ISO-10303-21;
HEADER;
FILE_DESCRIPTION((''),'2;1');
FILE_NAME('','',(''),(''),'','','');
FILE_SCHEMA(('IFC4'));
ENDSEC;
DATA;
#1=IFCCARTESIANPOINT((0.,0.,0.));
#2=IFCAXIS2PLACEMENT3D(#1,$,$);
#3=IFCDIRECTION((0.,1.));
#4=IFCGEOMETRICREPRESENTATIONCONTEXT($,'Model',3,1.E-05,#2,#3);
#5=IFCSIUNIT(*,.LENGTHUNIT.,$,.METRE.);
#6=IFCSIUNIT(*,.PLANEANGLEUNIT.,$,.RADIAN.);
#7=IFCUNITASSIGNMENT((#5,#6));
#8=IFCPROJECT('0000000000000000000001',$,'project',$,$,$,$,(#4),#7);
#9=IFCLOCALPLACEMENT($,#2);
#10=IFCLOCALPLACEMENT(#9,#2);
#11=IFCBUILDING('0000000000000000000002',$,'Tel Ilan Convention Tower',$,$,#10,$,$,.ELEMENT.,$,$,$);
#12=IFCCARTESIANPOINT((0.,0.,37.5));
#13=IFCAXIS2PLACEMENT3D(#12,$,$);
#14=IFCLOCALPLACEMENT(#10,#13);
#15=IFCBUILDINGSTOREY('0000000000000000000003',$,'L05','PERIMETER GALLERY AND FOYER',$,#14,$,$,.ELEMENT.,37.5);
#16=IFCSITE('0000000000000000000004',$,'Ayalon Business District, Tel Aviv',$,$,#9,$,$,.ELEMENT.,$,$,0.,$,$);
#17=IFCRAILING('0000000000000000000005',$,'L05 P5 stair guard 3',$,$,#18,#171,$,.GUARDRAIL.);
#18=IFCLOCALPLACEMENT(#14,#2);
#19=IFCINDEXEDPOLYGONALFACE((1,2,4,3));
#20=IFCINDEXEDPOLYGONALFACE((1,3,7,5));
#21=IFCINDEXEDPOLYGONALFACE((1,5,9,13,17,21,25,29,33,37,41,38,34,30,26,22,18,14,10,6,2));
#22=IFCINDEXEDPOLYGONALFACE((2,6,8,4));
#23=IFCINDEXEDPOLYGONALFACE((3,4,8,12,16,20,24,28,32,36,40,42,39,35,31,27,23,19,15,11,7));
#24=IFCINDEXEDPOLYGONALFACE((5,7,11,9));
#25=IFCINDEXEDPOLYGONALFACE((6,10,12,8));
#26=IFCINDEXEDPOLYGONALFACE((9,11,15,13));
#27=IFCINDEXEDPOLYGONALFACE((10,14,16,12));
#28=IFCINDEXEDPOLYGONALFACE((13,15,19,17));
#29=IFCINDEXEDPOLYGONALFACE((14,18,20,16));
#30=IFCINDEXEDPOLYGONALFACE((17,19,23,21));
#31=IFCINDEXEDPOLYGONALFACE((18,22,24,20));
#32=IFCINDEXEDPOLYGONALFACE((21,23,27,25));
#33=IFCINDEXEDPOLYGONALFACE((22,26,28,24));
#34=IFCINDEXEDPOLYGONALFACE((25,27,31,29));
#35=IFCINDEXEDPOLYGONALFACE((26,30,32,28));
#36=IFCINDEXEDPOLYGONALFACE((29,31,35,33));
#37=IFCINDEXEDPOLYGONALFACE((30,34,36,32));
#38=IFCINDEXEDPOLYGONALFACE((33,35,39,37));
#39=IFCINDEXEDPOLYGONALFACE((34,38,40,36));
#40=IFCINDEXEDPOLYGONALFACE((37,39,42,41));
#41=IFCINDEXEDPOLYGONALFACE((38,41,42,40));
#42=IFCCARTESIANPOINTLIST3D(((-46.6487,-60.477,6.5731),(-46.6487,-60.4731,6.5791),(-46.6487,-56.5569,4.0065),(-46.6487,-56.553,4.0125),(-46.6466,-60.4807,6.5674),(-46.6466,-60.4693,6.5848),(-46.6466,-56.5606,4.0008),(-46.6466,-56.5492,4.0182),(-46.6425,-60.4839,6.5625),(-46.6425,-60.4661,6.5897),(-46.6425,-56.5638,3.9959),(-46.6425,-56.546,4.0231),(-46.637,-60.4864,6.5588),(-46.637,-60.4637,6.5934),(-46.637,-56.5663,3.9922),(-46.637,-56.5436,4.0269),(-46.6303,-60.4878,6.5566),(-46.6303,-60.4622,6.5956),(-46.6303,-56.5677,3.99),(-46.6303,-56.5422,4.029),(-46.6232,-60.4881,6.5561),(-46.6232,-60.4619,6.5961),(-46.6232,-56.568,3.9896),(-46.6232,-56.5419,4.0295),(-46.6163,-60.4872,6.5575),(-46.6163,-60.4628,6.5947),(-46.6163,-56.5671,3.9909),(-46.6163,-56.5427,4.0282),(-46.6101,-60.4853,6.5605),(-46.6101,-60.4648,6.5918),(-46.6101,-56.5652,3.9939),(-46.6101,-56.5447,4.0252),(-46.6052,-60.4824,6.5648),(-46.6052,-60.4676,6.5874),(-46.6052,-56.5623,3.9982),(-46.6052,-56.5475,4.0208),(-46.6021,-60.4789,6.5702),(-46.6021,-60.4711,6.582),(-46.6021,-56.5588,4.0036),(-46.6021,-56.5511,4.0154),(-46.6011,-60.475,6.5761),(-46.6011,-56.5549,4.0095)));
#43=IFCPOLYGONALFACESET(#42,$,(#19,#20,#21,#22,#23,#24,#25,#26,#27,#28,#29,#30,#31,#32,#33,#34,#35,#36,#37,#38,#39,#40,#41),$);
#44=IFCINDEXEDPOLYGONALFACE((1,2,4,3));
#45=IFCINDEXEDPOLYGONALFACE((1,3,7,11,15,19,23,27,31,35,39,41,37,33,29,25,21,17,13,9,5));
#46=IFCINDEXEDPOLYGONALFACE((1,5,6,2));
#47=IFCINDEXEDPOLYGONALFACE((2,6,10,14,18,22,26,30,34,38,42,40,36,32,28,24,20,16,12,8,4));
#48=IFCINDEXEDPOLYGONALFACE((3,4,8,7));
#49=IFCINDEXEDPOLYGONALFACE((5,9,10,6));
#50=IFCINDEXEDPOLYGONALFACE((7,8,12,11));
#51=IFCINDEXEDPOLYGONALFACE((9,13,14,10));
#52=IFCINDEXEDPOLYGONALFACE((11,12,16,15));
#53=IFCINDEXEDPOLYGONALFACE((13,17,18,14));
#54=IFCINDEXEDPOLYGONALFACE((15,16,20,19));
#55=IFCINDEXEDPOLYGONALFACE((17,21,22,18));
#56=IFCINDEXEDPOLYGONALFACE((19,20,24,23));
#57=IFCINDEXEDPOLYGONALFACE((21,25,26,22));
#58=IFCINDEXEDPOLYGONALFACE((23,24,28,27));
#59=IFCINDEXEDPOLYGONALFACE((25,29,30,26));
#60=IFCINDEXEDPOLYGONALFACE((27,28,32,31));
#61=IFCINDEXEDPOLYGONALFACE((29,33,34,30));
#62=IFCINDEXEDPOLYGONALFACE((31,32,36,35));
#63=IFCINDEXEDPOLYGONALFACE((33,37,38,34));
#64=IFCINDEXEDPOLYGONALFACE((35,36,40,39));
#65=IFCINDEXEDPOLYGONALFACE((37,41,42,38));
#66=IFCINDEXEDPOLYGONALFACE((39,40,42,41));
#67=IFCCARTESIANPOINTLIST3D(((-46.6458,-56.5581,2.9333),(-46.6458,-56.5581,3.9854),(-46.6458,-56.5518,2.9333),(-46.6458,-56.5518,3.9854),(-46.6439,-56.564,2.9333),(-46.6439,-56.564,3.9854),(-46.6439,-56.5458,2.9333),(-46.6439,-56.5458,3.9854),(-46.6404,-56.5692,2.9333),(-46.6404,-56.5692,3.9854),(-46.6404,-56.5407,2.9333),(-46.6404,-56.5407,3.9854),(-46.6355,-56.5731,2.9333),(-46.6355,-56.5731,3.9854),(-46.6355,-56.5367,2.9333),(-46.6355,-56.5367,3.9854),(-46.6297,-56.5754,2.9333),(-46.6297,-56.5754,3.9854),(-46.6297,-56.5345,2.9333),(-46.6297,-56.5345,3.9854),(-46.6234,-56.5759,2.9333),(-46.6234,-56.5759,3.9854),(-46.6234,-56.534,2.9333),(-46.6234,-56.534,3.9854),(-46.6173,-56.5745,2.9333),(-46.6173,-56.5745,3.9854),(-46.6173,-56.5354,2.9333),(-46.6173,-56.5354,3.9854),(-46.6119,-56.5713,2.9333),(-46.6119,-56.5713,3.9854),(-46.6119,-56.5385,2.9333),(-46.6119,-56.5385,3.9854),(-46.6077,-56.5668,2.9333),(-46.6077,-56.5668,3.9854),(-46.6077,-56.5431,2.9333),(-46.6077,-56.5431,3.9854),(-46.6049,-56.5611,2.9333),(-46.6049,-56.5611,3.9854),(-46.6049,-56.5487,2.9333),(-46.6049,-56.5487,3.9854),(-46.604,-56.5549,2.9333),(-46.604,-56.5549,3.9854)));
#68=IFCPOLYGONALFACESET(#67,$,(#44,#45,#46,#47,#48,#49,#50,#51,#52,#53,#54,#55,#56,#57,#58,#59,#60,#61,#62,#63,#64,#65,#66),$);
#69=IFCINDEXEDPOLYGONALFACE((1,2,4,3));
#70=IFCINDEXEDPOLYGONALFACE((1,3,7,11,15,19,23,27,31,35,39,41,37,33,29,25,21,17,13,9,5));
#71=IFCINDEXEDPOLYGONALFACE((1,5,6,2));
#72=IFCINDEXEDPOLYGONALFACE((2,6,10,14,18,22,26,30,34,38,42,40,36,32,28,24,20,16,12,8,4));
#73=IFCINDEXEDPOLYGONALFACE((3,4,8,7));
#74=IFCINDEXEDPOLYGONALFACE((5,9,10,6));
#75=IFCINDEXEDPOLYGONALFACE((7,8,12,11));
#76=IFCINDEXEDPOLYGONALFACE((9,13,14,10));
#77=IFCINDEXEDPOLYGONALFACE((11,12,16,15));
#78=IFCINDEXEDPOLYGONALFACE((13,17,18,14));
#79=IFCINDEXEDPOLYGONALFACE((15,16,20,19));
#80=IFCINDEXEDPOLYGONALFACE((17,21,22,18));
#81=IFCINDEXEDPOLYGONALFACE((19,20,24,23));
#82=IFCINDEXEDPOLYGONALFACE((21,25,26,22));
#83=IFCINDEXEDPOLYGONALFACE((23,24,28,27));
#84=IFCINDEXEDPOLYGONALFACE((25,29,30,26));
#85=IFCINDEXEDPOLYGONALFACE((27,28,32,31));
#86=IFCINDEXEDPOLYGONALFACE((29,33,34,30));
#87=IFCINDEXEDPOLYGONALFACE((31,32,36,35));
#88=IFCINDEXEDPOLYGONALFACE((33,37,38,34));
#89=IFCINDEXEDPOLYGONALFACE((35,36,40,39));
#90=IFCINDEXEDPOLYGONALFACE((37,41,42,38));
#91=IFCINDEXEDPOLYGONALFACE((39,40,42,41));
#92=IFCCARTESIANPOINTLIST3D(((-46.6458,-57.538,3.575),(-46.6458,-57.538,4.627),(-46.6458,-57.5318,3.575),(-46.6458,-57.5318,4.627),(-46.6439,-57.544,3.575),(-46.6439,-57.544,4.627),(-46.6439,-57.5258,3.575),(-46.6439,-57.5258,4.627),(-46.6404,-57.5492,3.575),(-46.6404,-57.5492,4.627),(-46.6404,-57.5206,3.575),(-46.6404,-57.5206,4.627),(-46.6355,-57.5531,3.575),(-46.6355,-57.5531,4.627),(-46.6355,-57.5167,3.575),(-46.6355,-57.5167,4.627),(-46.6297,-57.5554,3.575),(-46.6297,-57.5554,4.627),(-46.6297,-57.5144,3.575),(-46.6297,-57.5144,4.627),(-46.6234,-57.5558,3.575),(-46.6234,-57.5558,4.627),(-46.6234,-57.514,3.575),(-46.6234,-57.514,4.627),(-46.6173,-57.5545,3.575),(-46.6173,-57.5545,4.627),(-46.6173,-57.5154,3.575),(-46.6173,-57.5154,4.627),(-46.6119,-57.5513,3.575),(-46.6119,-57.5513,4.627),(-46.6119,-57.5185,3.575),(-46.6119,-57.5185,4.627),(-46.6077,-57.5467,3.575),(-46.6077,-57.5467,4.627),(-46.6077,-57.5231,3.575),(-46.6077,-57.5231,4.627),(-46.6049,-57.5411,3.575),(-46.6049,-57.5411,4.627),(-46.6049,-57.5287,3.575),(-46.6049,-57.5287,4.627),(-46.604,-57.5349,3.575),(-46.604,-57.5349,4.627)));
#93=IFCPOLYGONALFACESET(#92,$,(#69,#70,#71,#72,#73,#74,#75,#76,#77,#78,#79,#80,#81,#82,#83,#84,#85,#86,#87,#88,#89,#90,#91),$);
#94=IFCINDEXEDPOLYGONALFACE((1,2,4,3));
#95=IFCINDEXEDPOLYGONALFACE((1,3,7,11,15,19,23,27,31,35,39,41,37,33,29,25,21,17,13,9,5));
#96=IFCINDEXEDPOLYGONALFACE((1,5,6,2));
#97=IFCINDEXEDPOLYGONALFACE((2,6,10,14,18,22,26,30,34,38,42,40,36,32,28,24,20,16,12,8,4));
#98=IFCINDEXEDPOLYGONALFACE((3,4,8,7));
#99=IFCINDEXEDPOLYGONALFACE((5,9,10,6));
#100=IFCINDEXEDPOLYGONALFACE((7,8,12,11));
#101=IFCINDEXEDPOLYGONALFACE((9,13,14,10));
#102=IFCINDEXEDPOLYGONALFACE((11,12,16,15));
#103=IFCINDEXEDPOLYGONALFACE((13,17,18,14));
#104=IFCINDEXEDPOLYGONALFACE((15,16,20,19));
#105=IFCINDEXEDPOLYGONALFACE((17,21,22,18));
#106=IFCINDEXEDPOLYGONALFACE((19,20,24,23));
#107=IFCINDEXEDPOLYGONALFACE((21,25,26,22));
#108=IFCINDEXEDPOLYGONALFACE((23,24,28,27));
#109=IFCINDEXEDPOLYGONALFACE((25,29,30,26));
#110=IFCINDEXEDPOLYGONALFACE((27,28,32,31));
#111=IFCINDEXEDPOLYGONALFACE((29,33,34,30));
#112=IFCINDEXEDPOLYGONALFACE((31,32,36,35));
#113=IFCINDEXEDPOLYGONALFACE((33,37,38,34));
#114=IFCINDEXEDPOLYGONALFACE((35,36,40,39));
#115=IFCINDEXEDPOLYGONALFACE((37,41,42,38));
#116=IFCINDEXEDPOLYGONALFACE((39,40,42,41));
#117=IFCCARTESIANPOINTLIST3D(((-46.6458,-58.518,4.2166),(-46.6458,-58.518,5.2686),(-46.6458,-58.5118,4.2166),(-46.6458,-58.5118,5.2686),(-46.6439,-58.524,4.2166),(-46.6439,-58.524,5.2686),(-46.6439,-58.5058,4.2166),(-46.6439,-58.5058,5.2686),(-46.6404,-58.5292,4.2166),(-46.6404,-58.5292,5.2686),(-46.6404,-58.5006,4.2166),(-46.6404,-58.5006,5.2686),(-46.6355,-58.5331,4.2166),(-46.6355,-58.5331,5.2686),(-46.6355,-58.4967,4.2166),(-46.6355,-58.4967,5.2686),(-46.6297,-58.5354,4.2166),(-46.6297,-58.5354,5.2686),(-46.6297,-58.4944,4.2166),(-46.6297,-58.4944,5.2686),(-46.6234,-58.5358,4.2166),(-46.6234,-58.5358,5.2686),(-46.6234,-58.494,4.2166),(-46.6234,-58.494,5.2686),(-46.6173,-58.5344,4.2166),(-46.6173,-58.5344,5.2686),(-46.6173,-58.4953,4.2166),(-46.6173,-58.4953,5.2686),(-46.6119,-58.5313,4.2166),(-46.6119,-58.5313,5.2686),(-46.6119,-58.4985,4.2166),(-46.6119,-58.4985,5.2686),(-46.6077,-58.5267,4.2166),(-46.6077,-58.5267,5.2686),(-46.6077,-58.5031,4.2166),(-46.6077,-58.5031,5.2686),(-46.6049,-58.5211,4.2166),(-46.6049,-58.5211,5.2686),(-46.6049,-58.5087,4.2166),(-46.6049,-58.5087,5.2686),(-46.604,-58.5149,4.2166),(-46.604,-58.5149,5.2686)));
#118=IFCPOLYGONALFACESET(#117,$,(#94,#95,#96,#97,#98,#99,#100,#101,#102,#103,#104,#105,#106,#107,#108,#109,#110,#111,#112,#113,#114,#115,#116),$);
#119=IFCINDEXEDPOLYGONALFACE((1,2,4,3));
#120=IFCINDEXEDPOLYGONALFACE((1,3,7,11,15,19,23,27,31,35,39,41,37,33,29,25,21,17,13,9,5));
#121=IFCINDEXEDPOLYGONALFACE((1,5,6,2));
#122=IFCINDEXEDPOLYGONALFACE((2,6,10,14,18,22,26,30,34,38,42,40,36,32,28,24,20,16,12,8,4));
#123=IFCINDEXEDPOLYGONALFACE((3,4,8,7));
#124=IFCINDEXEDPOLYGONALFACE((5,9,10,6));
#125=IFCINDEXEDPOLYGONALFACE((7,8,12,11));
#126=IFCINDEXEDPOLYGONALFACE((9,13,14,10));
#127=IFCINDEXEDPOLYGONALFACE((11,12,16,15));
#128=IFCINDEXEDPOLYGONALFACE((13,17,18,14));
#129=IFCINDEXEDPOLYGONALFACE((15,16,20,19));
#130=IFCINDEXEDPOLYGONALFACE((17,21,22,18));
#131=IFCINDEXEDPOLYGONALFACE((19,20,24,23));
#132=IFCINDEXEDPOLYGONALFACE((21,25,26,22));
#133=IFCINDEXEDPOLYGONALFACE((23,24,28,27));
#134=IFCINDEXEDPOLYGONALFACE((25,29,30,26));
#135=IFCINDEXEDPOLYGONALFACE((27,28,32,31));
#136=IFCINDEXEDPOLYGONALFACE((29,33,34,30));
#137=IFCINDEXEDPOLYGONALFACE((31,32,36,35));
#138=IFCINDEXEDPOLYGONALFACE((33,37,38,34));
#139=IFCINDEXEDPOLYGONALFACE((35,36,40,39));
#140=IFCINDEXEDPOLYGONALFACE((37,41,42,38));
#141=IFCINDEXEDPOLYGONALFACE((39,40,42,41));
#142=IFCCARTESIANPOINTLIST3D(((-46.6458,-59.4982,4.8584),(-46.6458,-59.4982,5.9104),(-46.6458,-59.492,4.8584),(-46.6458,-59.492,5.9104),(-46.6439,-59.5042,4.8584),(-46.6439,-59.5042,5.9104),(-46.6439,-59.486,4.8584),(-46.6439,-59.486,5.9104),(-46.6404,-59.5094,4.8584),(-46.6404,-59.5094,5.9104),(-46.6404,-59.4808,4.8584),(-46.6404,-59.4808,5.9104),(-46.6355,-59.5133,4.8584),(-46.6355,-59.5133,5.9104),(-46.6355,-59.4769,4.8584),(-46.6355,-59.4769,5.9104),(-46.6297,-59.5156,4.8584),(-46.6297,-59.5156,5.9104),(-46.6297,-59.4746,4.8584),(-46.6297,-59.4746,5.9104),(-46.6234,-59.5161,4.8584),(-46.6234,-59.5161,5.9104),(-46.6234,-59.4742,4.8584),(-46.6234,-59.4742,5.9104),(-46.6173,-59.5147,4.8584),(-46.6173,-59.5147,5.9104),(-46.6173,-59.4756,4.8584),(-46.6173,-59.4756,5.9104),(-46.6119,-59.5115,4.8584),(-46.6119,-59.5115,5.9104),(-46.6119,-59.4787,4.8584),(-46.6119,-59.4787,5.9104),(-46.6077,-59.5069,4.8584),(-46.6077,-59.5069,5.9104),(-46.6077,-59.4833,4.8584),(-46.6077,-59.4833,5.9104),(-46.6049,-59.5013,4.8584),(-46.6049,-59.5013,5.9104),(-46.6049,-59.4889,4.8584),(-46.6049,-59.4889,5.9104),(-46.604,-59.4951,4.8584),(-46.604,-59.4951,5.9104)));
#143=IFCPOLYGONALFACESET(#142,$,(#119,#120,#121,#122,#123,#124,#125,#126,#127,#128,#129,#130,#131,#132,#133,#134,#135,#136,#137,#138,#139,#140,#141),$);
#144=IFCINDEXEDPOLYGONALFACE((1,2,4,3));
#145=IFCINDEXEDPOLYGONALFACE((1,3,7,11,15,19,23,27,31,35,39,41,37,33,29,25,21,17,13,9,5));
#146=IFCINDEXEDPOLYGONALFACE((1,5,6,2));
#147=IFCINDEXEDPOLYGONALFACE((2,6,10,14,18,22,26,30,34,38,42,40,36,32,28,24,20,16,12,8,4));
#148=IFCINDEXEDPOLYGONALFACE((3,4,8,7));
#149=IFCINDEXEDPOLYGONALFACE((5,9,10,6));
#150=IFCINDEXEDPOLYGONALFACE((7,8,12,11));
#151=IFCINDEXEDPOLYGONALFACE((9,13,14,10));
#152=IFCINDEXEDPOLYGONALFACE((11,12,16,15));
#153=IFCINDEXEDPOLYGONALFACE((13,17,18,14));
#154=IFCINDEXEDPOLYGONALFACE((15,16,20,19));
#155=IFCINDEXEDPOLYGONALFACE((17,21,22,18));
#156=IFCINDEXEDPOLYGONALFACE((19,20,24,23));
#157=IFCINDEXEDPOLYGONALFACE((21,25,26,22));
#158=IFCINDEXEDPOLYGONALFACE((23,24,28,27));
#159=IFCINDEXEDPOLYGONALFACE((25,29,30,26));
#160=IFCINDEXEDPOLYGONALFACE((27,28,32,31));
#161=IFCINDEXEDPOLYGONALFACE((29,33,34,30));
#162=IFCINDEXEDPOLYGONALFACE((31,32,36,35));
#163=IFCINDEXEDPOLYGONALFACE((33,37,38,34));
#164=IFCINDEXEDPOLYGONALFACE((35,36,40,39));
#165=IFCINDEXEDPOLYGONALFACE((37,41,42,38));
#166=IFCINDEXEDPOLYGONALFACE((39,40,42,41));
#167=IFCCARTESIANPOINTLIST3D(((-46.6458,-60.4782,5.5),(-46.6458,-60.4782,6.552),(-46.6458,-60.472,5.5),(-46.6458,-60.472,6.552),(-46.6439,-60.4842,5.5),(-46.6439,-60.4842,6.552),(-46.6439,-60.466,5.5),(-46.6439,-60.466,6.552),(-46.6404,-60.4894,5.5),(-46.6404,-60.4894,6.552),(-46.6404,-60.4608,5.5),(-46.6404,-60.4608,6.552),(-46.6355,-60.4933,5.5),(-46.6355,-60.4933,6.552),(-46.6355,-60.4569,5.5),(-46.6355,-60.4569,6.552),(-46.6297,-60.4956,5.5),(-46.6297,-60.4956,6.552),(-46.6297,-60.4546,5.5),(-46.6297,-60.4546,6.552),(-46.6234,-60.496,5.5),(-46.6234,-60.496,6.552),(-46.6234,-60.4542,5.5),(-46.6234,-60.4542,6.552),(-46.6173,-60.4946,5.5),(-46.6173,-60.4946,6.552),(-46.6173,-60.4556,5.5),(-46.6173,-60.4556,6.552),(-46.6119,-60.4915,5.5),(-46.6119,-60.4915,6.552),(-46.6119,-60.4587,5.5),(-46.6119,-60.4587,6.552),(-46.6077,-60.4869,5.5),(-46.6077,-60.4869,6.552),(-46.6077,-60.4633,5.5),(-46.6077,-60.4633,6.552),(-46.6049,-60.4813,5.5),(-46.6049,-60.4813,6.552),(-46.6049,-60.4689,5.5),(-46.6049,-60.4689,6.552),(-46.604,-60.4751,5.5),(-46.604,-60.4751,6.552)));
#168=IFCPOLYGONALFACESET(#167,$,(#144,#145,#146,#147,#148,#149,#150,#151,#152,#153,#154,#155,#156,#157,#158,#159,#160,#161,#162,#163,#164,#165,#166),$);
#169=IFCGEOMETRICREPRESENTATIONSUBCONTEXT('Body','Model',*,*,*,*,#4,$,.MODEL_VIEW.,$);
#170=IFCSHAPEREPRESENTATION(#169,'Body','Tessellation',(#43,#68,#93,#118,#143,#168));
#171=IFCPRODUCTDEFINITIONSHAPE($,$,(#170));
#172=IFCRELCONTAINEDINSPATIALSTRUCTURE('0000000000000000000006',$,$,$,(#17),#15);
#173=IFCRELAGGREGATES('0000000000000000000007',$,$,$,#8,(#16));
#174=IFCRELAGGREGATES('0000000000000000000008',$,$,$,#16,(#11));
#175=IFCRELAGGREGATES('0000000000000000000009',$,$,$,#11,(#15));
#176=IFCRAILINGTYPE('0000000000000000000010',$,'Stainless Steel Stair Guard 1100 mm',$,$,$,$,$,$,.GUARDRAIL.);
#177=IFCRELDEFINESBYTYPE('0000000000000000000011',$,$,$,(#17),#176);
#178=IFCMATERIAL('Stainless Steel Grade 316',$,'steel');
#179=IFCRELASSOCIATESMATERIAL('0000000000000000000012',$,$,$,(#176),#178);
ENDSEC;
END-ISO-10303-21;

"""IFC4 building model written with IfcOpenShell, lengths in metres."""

from ifc_helpers import new_model, si_unit, direction, frame, origin, origin_2d, place, context, subcontext, project, spatial, circle, extrude, material, type_object, element, save


model = new_model("IFC4")

# Units and contexts
model_context = context("Model", 3, precision=1e-05, world=origin(), true_north=direction((0.0, 1.0)))
body_context = subcontext(model_context, "Body", "Model", "MODEL_VIEW")
ifc_project = project(units=[si_unit("LENGTHUNIT", "METRE"), si_unit("PLANEANGLEUNIT", "RADIAN")], contexts=[model_context])

# Site, building, storey
site_placement = place(None, origin())
site = spatial("IfcSite", under=ifc_project, at=site_placement, Name="Ayalon Business District, Tel Aviv", CompositionType="ELEMENT", RefElevation=0.0)
building_placement = place(site_placement, origin())
building = spatial("IfcBuilding", under=site, at=building_placement, Name="Tel Ilan Convention Tower", CompositionType="ELEMENT")
storey_placement = place(building_placement, frame((0.0, 0.0, 37.5)))
storey = spatial("IfcBuildingStorey", under=building, at=storey_placement, Name="L05", Description="PERIMETER GALLERY AND FOYER", CompositionType="ELEMENT", Elevation=37.5)

# Railing
ifc_material_1 = material(Name="Stainless Steel Grade 316", Category="steel")
railing_type_1 = type_object("IfcRailingType", Name="Stainless Steel Stair Guard 1100 mm", PredefinedType="GUARDRAIL", material=ifc_material_1)
railing_1_placement = place(storey_placement, frame((-46.625, -56.5549, 2.9333)))
element("IfcRailing", 1, at=railing_1_placement, inside=storey, type_object=railing_type_1, Name="L05 P5 stair guard 3", PredefinedType="GUARDRAIL", context=body_context, shape_type="SweptSolid", body=[
    extrude(circle(Radius=0.0239, at=origin_2d()), frame((0.0, 0.0, 1.0762), z_axis=(0.0, -0.836631, 0.547767), x_axis=(1.0, 0.0, 0.0)), (0.0, 0.0, 1.0), 4.6855),
    extrude(circle(Radius=0.021, at=origin_2d()), origin(), (0.0, 0.0, 1.0), 1.052),
    extrude(circle(Radius=0.021, at=origin_2d()), frame((0.0, -0.98, 0.6416)), (0.0, 0.0, 1.0), 1.052),
    extrude(circle(Radius=0.021, at=origin_2d()), frame((0.0, -1.96, 1.2832)), (0.0, 0.0, 1.0), 1.052),
    extrude(circle(Radius=0.021, at=origin_2d()), frame((0.0, -2.9402, 1.925)), (0.0, 0.0, 1.0), 1.052),
    extrude(circle(Radius=0.021, at=origin_2d()), frame((0.0, -3.9202, 2.5667)), (0.0, 0.0, 1.0), 1.052),
])

save(model, "model.ifc")
